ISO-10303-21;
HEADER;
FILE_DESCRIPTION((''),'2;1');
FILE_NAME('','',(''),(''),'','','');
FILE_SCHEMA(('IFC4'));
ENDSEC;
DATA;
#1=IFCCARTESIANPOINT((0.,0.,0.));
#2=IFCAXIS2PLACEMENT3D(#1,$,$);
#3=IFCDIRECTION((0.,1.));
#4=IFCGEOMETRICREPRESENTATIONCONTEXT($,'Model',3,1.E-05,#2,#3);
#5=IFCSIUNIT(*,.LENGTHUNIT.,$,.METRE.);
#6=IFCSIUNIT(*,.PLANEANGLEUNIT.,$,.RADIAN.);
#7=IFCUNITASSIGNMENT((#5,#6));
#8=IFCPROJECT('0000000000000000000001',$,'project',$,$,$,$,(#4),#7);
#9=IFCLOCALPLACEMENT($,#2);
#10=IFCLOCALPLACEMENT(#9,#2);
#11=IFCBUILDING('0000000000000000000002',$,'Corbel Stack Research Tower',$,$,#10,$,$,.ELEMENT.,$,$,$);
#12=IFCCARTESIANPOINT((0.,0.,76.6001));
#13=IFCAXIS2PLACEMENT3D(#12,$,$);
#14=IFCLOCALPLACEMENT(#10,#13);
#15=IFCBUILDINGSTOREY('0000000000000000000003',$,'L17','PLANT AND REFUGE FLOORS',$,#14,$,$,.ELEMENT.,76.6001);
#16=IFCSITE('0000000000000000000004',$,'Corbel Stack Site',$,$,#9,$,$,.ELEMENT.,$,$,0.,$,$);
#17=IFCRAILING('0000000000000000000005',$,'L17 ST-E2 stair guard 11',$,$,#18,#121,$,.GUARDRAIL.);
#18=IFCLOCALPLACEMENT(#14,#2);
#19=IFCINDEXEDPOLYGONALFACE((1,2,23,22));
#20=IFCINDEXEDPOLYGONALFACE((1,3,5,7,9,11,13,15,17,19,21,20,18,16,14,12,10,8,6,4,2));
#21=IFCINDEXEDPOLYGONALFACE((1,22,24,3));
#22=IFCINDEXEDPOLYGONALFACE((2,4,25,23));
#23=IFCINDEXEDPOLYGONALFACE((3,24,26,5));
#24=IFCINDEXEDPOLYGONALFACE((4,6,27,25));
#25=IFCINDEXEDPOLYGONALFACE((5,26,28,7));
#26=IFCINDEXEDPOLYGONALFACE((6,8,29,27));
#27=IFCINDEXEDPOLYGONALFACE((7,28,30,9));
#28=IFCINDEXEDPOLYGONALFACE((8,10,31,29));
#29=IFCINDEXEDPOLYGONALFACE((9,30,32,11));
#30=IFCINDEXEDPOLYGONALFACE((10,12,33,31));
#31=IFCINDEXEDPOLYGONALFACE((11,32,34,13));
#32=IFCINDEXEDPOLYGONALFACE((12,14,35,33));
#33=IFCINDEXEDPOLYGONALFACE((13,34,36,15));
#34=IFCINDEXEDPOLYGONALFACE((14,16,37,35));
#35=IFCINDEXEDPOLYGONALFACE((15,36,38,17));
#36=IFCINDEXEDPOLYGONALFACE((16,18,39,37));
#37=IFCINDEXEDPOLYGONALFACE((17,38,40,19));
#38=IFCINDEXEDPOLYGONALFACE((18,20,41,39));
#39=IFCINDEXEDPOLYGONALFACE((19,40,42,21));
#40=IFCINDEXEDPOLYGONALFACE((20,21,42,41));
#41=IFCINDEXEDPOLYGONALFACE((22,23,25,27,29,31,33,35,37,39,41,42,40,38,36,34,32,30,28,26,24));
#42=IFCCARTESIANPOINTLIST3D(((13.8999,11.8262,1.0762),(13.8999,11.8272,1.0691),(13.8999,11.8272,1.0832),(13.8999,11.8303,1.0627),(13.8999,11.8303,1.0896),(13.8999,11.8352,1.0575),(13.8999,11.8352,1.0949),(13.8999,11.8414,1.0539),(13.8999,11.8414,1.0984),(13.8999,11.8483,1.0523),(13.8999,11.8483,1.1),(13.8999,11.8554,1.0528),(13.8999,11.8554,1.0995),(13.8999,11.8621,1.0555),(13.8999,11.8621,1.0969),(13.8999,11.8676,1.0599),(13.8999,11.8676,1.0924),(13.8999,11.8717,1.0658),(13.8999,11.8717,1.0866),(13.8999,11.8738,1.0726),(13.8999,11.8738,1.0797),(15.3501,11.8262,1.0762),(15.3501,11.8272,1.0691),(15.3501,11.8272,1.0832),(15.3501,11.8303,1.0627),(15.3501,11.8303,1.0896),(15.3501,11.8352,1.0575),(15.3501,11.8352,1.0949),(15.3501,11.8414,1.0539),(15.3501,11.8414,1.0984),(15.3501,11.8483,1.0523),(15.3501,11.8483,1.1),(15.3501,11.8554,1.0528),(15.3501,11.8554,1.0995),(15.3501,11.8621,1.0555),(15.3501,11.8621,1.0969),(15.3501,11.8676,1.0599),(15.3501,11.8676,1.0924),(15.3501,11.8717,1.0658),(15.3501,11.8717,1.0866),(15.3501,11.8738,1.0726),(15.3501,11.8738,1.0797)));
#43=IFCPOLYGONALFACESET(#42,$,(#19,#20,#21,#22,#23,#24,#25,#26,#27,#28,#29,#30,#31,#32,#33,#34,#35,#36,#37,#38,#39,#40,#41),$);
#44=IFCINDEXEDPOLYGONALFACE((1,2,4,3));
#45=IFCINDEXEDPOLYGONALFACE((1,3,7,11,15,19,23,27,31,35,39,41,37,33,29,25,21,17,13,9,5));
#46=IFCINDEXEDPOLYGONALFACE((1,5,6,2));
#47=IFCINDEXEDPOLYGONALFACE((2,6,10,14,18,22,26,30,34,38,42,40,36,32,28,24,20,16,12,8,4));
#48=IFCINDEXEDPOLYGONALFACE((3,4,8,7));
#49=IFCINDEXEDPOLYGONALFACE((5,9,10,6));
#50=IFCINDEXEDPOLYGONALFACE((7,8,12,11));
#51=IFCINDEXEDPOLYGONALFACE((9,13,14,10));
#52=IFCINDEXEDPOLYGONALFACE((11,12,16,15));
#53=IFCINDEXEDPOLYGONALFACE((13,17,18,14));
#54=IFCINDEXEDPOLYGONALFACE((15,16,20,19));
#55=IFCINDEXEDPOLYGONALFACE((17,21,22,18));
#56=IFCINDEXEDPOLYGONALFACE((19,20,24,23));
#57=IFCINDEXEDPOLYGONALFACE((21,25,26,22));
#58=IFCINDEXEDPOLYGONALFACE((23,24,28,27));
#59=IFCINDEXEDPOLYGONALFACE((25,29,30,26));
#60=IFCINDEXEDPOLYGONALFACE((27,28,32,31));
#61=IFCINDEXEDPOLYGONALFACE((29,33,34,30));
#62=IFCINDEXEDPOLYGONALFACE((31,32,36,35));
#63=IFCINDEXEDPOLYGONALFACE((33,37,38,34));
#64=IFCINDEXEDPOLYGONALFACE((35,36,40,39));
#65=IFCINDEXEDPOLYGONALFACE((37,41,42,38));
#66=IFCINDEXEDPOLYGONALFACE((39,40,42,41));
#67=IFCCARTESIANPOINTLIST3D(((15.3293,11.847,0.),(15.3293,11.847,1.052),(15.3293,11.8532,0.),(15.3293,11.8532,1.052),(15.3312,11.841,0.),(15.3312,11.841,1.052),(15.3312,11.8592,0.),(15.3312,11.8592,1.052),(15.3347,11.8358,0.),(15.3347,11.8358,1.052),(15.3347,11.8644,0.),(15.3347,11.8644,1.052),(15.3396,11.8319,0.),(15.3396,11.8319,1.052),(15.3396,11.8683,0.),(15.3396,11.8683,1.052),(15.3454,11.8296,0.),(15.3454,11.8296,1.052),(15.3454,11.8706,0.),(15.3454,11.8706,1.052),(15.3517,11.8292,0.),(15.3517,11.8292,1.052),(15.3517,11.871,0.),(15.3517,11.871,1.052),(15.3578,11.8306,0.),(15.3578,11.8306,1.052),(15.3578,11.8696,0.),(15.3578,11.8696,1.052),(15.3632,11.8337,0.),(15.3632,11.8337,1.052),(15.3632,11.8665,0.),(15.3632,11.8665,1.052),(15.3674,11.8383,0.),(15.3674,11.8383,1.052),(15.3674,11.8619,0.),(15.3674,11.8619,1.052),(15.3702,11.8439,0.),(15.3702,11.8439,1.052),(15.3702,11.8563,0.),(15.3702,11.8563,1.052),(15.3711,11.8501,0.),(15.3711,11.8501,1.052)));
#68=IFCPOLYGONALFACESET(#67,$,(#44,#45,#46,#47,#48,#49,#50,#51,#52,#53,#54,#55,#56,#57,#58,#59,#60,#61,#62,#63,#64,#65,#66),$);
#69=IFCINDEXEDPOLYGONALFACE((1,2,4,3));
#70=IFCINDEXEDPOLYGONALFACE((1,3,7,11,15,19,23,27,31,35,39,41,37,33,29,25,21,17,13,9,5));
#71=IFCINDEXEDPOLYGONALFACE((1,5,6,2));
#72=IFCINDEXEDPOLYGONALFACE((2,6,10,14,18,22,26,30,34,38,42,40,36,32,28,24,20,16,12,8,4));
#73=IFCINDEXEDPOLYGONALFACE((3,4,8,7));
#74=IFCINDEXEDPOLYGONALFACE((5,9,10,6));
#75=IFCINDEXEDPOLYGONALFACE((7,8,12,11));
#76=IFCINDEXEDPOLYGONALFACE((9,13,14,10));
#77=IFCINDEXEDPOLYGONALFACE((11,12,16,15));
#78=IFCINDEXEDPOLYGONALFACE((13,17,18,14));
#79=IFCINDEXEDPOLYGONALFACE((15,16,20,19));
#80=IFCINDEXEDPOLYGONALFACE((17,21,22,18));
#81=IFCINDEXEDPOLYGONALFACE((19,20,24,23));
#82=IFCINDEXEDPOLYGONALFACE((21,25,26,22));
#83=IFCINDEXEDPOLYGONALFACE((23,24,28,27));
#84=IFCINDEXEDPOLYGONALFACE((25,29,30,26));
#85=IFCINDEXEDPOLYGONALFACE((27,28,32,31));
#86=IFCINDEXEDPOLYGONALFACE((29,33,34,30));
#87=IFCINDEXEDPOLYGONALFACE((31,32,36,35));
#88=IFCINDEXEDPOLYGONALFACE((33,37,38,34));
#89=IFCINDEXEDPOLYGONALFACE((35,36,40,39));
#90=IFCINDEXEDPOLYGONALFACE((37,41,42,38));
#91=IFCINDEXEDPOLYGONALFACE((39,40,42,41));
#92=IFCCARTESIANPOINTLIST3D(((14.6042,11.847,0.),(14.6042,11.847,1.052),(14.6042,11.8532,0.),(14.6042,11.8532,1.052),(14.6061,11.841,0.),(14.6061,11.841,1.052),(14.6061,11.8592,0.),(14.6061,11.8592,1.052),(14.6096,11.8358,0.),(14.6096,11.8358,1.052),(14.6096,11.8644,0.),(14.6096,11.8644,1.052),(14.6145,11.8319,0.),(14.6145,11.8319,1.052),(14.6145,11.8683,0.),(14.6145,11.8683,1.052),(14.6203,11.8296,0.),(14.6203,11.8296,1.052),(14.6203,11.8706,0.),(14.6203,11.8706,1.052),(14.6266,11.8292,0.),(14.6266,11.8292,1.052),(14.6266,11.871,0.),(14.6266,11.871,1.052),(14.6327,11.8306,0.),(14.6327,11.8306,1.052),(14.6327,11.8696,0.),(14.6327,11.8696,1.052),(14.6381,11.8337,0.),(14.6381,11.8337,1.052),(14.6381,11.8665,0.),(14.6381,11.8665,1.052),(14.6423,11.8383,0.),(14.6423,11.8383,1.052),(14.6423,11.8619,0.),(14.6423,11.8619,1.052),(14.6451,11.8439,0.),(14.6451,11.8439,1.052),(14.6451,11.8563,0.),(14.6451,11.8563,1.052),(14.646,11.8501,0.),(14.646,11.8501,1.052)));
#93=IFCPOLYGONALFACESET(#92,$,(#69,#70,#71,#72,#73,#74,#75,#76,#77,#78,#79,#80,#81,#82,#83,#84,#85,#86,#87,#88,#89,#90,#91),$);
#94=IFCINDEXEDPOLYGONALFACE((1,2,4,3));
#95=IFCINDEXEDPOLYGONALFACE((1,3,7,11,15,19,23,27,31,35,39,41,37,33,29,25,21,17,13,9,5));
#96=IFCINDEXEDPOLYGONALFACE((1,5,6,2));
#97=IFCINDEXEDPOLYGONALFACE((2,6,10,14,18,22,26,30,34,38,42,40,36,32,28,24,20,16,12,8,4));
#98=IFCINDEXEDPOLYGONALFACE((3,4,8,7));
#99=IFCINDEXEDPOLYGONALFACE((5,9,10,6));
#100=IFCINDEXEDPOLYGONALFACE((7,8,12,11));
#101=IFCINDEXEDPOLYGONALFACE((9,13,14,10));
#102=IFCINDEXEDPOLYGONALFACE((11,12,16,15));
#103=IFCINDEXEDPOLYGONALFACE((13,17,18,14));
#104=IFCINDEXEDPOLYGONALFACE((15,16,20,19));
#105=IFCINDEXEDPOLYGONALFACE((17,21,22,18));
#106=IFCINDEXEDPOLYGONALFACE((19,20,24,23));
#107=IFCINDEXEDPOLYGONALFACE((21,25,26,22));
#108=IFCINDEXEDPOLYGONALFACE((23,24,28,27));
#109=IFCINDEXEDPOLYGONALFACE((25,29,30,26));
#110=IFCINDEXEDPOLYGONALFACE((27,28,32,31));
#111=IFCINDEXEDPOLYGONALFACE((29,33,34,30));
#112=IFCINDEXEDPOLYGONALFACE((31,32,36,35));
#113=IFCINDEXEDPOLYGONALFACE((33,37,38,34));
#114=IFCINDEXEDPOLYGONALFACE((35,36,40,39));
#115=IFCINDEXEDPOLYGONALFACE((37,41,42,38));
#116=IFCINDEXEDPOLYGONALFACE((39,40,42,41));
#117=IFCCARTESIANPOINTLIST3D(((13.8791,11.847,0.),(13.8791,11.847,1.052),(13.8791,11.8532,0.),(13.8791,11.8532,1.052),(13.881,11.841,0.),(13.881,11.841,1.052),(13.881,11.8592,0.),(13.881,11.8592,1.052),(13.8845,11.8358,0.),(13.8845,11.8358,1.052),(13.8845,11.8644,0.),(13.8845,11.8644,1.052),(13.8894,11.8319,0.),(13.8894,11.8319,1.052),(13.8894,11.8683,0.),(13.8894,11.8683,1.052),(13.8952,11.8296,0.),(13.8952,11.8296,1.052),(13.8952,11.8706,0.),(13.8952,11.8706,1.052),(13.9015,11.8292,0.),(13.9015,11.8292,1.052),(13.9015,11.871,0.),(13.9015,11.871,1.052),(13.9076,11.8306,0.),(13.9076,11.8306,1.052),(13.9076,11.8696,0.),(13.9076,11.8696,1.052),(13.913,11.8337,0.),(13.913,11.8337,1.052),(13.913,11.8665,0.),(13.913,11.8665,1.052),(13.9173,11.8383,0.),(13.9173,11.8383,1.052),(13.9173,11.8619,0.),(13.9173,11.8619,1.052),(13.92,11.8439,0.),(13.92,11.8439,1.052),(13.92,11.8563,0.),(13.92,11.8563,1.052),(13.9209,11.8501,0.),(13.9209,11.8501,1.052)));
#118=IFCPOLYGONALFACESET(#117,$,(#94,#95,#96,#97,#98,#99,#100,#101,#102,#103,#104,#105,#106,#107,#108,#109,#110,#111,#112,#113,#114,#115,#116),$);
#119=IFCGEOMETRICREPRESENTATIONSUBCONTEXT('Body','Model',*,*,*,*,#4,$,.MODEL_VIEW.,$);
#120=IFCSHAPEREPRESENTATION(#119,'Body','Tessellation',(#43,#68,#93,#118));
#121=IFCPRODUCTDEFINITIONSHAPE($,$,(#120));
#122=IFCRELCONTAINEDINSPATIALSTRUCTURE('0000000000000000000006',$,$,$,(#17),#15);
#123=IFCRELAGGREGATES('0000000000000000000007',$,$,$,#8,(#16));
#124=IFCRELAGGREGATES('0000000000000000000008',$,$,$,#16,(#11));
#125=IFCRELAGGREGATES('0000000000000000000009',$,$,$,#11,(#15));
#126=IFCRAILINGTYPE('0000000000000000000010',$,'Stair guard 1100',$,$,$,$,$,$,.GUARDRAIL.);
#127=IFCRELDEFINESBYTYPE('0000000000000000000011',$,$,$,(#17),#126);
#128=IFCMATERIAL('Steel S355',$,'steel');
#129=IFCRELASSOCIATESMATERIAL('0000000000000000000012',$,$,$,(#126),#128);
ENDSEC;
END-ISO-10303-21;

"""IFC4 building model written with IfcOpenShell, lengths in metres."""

from ifc_helpers import new_model, si_unit, direction, frame, origin, origin_2d, place, context, subcontext, project, spatial, circle, extrude, material, type_object, element, save


model = new_model("IFC4")

# Units and contexts
model_context = context("Model", 3, precision=1e-05, world=origin(), true_north=direction((0.0, 1.0)))
body_context = subcontext(model_context, "Body", "Model", "MODEL_VIEW")
ifc_project = project(units=[si_unit("LENGTHUNIT", "METRE"), si_unit("PLANEANGLEUNIT", "RADIAN")], contexts=[model_context])

# Site, building, storey
site_placement = place(None, origin())
site = spatial("IfcSite", under=ifc_project, at=site_placement, Name="Corbel Stack Site", CompositionType="ELEMENT", RefElevation=0.0)
building_placement = place(site_placement, origin())
building = spatial("IfcBuilding", under=site, at=building_placement, Name="Corbel Stack Research Tower", CompositionType="ELEMENT")
storey_placement = place(building_placement, frame((0.0, 0.0, 76.6001)))
storey = spatial("IfcBuildingStorey", under=building, at=storey_placement, Name="L17", Description="PLANT AND REFUGE FLOORS", CompositionType="ELEMENT", Elevation=76.6001)

# Railing
ifc_material_1 = material(Name="Steel S355", Category="steel")
railing_type_1 = type_object("IfcRailingType", Name="Stair guard 1100", PredefinedType="GUARDRAIL", material=ifc_material_1)
railing_1_placement = place(storey_placement, frame((15.3501, 11.8501, 0.0)))
element("IfcRailing", 1, at=railing_1_placement, inside=storey, type_object=railing_type_1, Name="L17 ST-E2 stair guard 11", PredefinedType="GUARDRAIL", context=body_context, shape_type="SweptSolid", body=[
    extrude(circle(Radius=0.0239, at=origin_2d()), frame((0.0, 0.0, 1.0762), z_axis=(-1.0, 0.0, 0.0), x_axis=(0.0, -1.0, 0.0)), (0.0, 0.0, 1.0), 1.4502),
    extrude(circle(Radius=0.021, at=origin_2d()), origin(), (0.0, 0.0, 1.0), 1.052),
    extrude(circle(Radius=0.021, at=origin_2d()), frame((-0.7251, 0.0, 0.0)), (0.0, 0.0, 1.0), 1.052),
    extrude(circle(Radius=0.021, at=origin_2d()), frame((-1.4502, 0.0, 0.0)), (0.0, 0.0, 1.0), 1.052),
])

save(model, "model.ifc")
